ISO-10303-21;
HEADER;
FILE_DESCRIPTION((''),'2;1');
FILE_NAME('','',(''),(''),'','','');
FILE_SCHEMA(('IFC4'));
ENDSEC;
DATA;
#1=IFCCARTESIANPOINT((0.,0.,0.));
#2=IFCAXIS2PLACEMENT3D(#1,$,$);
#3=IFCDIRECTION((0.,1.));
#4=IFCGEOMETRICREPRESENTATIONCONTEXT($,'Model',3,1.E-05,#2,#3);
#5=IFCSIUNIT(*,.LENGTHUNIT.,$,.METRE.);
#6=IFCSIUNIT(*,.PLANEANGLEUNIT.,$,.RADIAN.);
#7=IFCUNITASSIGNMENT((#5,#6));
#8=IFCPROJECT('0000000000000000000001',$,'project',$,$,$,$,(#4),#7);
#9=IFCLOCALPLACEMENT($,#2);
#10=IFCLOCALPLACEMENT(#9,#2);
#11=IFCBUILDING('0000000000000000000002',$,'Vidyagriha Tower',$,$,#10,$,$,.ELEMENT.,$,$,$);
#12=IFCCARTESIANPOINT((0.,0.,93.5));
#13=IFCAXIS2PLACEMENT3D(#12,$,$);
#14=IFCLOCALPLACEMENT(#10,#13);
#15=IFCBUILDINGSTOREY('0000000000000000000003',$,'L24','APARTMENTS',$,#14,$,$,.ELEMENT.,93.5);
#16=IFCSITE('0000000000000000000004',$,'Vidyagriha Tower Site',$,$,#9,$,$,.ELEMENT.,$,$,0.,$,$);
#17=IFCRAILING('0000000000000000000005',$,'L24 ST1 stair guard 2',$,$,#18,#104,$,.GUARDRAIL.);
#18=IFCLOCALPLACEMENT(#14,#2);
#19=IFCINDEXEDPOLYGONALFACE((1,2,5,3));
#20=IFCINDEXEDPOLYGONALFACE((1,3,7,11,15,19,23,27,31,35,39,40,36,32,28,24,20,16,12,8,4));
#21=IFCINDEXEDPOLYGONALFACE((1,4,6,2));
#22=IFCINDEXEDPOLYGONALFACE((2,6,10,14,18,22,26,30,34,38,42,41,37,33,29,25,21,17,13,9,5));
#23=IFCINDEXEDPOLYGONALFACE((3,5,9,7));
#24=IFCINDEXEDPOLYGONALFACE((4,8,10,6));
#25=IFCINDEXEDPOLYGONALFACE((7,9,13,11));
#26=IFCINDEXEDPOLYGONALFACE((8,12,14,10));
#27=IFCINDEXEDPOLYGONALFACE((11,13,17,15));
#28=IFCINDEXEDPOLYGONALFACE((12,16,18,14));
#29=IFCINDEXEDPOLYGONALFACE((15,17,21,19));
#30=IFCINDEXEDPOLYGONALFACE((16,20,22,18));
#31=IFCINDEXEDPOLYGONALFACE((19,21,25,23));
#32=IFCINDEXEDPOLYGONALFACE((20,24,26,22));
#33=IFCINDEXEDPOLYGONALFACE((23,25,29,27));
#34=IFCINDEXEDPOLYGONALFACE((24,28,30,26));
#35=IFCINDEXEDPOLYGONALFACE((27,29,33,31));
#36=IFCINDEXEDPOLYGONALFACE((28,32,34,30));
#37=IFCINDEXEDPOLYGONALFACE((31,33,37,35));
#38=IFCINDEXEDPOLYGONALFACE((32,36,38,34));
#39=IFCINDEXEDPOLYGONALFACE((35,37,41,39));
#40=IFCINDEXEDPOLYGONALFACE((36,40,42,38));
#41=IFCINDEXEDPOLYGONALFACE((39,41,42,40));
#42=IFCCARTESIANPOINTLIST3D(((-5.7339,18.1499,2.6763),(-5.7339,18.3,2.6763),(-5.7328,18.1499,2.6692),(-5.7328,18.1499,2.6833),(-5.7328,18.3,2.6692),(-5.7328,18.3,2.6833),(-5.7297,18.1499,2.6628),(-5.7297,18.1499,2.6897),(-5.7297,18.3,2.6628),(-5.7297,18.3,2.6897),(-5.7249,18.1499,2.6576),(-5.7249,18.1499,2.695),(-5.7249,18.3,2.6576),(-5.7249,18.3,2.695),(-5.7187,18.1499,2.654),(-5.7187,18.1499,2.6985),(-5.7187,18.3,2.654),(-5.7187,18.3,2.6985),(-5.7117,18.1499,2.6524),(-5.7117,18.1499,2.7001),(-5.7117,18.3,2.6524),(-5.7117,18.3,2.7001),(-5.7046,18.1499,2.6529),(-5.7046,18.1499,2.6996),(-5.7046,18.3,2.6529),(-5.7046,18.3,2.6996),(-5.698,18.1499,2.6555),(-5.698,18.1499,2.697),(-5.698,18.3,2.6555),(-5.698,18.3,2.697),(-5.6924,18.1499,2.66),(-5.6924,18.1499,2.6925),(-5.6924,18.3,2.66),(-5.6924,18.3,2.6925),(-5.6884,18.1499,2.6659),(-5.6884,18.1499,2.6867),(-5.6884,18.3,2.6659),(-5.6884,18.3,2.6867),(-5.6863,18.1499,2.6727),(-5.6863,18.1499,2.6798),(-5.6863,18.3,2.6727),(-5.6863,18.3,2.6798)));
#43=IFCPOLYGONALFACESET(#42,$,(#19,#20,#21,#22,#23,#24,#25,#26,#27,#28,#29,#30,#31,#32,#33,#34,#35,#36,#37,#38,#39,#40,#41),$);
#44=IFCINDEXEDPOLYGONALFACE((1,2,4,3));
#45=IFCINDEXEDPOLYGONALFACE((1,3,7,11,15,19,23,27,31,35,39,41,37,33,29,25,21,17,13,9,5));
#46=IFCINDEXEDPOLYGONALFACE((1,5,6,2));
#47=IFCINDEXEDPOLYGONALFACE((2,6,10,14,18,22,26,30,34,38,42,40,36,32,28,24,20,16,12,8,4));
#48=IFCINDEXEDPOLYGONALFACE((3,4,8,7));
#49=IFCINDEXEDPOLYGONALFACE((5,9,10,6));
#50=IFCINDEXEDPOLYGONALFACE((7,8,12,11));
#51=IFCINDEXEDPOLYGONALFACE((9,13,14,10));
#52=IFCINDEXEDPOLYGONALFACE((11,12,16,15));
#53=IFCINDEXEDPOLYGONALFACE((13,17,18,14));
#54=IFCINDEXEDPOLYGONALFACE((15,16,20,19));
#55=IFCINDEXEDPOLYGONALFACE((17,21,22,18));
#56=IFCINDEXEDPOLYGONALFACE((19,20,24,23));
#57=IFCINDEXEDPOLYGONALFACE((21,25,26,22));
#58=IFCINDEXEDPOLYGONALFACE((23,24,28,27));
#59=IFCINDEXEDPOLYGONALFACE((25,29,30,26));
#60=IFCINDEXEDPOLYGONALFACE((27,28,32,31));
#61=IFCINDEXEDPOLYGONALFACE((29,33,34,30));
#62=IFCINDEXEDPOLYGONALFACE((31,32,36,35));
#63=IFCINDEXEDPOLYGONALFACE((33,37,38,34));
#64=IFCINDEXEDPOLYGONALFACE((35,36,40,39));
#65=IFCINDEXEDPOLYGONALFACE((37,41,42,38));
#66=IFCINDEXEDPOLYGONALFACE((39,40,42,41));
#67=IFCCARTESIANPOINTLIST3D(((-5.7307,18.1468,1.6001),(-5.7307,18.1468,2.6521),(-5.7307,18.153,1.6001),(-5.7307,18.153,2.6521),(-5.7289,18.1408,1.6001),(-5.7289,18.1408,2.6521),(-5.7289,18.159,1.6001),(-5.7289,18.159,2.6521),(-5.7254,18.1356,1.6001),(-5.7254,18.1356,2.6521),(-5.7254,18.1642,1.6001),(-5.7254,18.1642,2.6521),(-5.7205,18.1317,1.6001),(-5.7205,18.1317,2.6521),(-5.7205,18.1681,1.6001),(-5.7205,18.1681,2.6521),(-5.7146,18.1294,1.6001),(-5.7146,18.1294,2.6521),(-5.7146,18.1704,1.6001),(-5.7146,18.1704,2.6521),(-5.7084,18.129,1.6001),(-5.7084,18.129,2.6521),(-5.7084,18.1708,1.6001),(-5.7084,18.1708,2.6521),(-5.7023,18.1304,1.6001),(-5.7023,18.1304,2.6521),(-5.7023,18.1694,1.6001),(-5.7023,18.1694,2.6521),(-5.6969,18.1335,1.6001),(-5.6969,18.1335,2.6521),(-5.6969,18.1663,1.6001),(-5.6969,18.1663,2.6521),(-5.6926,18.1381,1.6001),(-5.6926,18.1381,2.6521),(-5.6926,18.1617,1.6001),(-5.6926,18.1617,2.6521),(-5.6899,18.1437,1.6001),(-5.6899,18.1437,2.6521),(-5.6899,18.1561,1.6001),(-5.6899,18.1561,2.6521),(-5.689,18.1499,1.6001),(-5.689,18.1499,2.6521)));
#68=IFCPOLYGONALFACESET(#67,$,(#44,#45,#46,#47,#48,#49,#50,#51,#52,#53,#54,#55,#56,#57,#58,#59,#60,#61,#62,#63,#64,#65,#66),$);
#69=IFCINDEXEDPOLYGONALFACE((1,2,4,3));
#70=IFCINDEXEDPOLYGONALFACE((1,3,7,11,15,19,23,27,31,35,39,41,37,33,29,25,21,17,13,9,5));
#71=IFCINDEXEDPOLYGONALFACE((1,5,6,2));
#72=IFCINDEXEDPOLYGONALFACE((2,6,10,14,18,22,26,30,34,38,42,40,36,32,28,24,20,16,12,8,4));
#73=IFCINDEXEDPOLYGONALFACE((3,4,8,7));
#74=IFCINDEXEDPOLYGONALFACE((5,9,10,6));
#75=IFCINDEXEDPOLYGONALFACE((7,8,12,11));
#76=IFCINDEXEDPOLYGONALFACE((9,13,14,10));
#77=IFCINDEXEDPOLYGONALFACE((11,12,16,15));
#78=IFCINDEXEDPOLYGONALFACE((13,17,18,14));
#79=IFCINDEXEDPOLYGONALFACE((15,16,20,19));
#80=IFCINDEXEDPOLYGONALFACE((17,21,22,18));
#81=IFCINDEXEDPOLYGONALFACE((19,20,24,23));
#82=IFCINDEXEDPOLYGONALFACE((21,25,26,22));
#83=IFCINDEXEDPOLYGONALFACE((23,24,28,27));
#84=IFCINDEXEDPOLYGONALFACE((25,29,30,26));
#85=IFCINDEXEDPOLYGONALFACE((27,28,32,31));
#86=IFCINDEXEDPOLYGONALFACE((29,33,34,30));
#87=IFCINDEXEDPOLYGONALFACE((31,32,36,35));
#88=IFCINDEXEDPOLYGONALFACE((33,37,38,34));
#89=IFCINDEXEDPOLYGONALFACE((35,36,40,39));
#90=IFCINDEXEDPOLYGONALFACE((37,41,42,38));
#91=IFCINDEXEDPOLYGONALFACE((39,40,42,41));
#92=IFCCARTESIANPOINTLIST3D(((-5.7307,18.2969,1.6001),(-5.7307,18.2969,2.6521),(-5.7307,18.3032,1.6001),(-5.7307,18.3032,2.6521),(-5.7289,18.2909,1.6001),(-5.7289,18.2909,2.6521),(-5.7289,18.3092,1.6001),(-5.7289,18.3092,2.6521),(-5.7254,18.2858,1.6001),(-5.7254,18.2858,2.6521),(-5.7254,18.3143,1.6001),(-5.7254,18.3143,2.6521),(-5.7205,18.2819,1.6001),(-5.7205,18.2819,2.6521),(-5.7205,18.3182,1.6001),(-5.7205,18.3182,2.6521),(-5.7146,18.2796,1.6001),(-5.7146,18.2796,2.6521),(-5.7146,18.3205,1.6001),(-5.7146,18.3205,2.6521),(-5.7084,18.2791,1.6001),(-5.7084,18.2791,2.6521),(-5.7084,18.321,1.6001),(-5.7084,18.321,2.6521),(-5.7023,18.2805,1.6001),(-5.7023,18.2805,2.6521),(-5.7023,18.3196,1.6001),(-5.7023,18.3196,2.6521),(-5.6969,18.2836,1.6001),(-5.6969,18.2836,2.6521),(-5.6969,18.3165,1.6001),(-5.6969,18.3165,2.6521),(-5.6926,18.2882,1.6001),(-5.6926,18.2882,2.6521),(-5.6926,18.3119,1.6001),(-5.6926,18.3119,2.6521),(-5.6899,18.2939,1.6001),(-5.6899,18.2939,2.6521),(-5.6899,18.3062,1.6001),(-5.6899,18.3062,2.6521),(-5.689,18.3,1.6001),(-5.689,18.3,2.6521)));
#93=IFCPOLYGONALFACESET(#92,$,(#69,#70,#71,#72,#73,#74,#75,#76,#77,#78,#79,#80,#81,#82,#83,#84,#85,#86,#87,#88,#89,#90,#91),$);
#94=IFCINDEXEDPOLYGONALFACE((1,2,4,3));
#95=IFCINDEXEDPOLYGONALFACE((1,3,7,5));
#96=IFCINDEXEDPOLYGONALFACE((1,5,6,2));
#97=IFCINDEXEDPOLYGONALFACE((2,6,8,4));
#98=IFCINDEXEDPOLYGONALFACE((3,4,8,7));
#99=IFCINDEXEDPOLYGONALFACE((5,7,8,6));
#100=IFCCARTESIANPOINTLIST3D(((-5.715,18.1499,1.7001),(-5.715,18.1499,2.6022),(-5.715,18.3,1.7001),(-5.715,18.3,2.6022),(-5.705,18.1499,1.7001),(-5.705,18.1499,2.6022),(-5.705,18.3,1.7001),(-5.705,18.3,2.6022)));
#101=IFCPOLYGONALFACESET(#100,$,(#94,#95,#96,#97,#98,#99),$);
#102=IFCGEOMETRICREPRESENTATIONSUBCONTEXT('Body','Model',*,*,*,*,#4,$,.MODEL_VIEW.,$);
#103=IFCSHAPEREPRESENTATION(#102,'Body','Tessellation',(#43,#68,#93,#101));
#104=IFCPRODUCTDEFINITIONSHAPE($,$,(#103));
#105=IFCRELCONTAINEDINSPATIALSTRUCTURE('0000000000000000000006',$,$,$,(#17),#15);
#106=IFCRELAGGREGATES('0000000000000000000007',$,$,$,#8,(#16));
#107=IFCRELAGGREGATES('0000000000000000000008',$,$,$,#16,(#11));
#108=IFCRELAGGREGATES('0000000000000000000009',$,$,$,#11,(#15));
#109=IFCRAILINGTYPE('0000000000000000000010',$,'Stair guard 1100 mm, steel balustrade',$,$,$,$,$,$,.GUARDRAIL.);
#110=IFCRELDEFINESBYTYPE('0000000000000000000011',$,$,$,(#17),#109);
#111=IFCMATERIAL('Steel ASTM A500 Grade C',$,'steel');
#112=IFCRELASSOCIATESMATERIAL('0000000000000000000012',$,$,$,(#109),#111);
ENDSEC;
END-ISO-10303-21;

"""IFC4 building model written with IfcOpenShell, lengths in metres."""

from ifc_helpers import new_model, si_unit, direction, frame, origin, origin_2d, place, context, subcontext, project, spatial, rectangle, circle, extrude, material, type_object, element, save


model = new_model("IFC4")

# Units and contexts
model_context = context("Model", 3, precision=1e-05, world=origin(), true_north=direction((0.0, 1.0)))
body_context = subcontext(model_context, "Body", "Model", "MODEL_VIEW")
ifc_project = project(units=[si_unit("LENGTHUNIT", "METRE"), si_unit("PLANEANGLEUNIT", "RADIAN")], contexts=[model_context])

# Site, building, storey
site_placement = place(None, origin())
site = spatial("IfcSite", under=ifc_project, at=site_placement, Name="Vidyagriha Tower Site", CompositionType="ELEMENT", RefElevation=0.0)
building_placement = place(site_placement, origin())
building = spatial("IfcBuilding", under=site, at=building_placement, Name="Vidyagriha Tower", CompositionType="ELEMENT")
storey_placement = place(building_placement, frame((0.0, 0.0, 93.5)))
storey = spatial("IfcBuildingStorey", under=building, at=storey_placement, Name="L24", Description="APARTMENTS", CompositionType="ELEMENT", Elevation=93.5)

# Railing
ifc_material_1 = material(Name="Steel ASTM A500 Grade C", Category="steel")
railing_type_1 = type_object("IfcRailingType", Name="Stair guard 1100 mm, steel balustrade", PredefinedType="GUARDRAIL", material=ifc_material_1)
railing_1_placement = place(storey_placement, frame((-5.71, 18.1499, 1.6001)))
element("IfcRailing", 1, at=railing_1_placement, inside=storey, type_object=railing_type_1, Name="L24 ST1 stair guard 2", PredefinedType="GUARDRAIL", context=body_context, shape_type="SweptSolid", body=[
    extrude(circle(Radius=0.0239, at=origin_2d()), frame((0.0, 0.0, 1.0762), z_axis=(0.0, 1.0, 0.0), x_axis=(-1.0, 0.0, 0.0)), (0.0, 0.0, 1.0), 0.1501),
    extrude(circle(Radius=0.021, at=origin_2d()), origin(), (0.0, 0.0, 1.0), 1.052),
    extrude(circle(Radius=0.021, at=origin_2d()), frame((0.0, 0.1501, 0.0)), (0.0, 0.0, 1.0), 1.052),
    extrude(rectangle(XDim=0.01, YDim=0.9021, at=origin_2d()), frame((0.0, 0.0, 0.551), z_axis=(0.0, 1.0, 0.0), x_axis=(-1.0, 0.0, 0.0)), (0.0, 0.0, 1.0), 0.1501),
])

save(model, "model.ifc")
